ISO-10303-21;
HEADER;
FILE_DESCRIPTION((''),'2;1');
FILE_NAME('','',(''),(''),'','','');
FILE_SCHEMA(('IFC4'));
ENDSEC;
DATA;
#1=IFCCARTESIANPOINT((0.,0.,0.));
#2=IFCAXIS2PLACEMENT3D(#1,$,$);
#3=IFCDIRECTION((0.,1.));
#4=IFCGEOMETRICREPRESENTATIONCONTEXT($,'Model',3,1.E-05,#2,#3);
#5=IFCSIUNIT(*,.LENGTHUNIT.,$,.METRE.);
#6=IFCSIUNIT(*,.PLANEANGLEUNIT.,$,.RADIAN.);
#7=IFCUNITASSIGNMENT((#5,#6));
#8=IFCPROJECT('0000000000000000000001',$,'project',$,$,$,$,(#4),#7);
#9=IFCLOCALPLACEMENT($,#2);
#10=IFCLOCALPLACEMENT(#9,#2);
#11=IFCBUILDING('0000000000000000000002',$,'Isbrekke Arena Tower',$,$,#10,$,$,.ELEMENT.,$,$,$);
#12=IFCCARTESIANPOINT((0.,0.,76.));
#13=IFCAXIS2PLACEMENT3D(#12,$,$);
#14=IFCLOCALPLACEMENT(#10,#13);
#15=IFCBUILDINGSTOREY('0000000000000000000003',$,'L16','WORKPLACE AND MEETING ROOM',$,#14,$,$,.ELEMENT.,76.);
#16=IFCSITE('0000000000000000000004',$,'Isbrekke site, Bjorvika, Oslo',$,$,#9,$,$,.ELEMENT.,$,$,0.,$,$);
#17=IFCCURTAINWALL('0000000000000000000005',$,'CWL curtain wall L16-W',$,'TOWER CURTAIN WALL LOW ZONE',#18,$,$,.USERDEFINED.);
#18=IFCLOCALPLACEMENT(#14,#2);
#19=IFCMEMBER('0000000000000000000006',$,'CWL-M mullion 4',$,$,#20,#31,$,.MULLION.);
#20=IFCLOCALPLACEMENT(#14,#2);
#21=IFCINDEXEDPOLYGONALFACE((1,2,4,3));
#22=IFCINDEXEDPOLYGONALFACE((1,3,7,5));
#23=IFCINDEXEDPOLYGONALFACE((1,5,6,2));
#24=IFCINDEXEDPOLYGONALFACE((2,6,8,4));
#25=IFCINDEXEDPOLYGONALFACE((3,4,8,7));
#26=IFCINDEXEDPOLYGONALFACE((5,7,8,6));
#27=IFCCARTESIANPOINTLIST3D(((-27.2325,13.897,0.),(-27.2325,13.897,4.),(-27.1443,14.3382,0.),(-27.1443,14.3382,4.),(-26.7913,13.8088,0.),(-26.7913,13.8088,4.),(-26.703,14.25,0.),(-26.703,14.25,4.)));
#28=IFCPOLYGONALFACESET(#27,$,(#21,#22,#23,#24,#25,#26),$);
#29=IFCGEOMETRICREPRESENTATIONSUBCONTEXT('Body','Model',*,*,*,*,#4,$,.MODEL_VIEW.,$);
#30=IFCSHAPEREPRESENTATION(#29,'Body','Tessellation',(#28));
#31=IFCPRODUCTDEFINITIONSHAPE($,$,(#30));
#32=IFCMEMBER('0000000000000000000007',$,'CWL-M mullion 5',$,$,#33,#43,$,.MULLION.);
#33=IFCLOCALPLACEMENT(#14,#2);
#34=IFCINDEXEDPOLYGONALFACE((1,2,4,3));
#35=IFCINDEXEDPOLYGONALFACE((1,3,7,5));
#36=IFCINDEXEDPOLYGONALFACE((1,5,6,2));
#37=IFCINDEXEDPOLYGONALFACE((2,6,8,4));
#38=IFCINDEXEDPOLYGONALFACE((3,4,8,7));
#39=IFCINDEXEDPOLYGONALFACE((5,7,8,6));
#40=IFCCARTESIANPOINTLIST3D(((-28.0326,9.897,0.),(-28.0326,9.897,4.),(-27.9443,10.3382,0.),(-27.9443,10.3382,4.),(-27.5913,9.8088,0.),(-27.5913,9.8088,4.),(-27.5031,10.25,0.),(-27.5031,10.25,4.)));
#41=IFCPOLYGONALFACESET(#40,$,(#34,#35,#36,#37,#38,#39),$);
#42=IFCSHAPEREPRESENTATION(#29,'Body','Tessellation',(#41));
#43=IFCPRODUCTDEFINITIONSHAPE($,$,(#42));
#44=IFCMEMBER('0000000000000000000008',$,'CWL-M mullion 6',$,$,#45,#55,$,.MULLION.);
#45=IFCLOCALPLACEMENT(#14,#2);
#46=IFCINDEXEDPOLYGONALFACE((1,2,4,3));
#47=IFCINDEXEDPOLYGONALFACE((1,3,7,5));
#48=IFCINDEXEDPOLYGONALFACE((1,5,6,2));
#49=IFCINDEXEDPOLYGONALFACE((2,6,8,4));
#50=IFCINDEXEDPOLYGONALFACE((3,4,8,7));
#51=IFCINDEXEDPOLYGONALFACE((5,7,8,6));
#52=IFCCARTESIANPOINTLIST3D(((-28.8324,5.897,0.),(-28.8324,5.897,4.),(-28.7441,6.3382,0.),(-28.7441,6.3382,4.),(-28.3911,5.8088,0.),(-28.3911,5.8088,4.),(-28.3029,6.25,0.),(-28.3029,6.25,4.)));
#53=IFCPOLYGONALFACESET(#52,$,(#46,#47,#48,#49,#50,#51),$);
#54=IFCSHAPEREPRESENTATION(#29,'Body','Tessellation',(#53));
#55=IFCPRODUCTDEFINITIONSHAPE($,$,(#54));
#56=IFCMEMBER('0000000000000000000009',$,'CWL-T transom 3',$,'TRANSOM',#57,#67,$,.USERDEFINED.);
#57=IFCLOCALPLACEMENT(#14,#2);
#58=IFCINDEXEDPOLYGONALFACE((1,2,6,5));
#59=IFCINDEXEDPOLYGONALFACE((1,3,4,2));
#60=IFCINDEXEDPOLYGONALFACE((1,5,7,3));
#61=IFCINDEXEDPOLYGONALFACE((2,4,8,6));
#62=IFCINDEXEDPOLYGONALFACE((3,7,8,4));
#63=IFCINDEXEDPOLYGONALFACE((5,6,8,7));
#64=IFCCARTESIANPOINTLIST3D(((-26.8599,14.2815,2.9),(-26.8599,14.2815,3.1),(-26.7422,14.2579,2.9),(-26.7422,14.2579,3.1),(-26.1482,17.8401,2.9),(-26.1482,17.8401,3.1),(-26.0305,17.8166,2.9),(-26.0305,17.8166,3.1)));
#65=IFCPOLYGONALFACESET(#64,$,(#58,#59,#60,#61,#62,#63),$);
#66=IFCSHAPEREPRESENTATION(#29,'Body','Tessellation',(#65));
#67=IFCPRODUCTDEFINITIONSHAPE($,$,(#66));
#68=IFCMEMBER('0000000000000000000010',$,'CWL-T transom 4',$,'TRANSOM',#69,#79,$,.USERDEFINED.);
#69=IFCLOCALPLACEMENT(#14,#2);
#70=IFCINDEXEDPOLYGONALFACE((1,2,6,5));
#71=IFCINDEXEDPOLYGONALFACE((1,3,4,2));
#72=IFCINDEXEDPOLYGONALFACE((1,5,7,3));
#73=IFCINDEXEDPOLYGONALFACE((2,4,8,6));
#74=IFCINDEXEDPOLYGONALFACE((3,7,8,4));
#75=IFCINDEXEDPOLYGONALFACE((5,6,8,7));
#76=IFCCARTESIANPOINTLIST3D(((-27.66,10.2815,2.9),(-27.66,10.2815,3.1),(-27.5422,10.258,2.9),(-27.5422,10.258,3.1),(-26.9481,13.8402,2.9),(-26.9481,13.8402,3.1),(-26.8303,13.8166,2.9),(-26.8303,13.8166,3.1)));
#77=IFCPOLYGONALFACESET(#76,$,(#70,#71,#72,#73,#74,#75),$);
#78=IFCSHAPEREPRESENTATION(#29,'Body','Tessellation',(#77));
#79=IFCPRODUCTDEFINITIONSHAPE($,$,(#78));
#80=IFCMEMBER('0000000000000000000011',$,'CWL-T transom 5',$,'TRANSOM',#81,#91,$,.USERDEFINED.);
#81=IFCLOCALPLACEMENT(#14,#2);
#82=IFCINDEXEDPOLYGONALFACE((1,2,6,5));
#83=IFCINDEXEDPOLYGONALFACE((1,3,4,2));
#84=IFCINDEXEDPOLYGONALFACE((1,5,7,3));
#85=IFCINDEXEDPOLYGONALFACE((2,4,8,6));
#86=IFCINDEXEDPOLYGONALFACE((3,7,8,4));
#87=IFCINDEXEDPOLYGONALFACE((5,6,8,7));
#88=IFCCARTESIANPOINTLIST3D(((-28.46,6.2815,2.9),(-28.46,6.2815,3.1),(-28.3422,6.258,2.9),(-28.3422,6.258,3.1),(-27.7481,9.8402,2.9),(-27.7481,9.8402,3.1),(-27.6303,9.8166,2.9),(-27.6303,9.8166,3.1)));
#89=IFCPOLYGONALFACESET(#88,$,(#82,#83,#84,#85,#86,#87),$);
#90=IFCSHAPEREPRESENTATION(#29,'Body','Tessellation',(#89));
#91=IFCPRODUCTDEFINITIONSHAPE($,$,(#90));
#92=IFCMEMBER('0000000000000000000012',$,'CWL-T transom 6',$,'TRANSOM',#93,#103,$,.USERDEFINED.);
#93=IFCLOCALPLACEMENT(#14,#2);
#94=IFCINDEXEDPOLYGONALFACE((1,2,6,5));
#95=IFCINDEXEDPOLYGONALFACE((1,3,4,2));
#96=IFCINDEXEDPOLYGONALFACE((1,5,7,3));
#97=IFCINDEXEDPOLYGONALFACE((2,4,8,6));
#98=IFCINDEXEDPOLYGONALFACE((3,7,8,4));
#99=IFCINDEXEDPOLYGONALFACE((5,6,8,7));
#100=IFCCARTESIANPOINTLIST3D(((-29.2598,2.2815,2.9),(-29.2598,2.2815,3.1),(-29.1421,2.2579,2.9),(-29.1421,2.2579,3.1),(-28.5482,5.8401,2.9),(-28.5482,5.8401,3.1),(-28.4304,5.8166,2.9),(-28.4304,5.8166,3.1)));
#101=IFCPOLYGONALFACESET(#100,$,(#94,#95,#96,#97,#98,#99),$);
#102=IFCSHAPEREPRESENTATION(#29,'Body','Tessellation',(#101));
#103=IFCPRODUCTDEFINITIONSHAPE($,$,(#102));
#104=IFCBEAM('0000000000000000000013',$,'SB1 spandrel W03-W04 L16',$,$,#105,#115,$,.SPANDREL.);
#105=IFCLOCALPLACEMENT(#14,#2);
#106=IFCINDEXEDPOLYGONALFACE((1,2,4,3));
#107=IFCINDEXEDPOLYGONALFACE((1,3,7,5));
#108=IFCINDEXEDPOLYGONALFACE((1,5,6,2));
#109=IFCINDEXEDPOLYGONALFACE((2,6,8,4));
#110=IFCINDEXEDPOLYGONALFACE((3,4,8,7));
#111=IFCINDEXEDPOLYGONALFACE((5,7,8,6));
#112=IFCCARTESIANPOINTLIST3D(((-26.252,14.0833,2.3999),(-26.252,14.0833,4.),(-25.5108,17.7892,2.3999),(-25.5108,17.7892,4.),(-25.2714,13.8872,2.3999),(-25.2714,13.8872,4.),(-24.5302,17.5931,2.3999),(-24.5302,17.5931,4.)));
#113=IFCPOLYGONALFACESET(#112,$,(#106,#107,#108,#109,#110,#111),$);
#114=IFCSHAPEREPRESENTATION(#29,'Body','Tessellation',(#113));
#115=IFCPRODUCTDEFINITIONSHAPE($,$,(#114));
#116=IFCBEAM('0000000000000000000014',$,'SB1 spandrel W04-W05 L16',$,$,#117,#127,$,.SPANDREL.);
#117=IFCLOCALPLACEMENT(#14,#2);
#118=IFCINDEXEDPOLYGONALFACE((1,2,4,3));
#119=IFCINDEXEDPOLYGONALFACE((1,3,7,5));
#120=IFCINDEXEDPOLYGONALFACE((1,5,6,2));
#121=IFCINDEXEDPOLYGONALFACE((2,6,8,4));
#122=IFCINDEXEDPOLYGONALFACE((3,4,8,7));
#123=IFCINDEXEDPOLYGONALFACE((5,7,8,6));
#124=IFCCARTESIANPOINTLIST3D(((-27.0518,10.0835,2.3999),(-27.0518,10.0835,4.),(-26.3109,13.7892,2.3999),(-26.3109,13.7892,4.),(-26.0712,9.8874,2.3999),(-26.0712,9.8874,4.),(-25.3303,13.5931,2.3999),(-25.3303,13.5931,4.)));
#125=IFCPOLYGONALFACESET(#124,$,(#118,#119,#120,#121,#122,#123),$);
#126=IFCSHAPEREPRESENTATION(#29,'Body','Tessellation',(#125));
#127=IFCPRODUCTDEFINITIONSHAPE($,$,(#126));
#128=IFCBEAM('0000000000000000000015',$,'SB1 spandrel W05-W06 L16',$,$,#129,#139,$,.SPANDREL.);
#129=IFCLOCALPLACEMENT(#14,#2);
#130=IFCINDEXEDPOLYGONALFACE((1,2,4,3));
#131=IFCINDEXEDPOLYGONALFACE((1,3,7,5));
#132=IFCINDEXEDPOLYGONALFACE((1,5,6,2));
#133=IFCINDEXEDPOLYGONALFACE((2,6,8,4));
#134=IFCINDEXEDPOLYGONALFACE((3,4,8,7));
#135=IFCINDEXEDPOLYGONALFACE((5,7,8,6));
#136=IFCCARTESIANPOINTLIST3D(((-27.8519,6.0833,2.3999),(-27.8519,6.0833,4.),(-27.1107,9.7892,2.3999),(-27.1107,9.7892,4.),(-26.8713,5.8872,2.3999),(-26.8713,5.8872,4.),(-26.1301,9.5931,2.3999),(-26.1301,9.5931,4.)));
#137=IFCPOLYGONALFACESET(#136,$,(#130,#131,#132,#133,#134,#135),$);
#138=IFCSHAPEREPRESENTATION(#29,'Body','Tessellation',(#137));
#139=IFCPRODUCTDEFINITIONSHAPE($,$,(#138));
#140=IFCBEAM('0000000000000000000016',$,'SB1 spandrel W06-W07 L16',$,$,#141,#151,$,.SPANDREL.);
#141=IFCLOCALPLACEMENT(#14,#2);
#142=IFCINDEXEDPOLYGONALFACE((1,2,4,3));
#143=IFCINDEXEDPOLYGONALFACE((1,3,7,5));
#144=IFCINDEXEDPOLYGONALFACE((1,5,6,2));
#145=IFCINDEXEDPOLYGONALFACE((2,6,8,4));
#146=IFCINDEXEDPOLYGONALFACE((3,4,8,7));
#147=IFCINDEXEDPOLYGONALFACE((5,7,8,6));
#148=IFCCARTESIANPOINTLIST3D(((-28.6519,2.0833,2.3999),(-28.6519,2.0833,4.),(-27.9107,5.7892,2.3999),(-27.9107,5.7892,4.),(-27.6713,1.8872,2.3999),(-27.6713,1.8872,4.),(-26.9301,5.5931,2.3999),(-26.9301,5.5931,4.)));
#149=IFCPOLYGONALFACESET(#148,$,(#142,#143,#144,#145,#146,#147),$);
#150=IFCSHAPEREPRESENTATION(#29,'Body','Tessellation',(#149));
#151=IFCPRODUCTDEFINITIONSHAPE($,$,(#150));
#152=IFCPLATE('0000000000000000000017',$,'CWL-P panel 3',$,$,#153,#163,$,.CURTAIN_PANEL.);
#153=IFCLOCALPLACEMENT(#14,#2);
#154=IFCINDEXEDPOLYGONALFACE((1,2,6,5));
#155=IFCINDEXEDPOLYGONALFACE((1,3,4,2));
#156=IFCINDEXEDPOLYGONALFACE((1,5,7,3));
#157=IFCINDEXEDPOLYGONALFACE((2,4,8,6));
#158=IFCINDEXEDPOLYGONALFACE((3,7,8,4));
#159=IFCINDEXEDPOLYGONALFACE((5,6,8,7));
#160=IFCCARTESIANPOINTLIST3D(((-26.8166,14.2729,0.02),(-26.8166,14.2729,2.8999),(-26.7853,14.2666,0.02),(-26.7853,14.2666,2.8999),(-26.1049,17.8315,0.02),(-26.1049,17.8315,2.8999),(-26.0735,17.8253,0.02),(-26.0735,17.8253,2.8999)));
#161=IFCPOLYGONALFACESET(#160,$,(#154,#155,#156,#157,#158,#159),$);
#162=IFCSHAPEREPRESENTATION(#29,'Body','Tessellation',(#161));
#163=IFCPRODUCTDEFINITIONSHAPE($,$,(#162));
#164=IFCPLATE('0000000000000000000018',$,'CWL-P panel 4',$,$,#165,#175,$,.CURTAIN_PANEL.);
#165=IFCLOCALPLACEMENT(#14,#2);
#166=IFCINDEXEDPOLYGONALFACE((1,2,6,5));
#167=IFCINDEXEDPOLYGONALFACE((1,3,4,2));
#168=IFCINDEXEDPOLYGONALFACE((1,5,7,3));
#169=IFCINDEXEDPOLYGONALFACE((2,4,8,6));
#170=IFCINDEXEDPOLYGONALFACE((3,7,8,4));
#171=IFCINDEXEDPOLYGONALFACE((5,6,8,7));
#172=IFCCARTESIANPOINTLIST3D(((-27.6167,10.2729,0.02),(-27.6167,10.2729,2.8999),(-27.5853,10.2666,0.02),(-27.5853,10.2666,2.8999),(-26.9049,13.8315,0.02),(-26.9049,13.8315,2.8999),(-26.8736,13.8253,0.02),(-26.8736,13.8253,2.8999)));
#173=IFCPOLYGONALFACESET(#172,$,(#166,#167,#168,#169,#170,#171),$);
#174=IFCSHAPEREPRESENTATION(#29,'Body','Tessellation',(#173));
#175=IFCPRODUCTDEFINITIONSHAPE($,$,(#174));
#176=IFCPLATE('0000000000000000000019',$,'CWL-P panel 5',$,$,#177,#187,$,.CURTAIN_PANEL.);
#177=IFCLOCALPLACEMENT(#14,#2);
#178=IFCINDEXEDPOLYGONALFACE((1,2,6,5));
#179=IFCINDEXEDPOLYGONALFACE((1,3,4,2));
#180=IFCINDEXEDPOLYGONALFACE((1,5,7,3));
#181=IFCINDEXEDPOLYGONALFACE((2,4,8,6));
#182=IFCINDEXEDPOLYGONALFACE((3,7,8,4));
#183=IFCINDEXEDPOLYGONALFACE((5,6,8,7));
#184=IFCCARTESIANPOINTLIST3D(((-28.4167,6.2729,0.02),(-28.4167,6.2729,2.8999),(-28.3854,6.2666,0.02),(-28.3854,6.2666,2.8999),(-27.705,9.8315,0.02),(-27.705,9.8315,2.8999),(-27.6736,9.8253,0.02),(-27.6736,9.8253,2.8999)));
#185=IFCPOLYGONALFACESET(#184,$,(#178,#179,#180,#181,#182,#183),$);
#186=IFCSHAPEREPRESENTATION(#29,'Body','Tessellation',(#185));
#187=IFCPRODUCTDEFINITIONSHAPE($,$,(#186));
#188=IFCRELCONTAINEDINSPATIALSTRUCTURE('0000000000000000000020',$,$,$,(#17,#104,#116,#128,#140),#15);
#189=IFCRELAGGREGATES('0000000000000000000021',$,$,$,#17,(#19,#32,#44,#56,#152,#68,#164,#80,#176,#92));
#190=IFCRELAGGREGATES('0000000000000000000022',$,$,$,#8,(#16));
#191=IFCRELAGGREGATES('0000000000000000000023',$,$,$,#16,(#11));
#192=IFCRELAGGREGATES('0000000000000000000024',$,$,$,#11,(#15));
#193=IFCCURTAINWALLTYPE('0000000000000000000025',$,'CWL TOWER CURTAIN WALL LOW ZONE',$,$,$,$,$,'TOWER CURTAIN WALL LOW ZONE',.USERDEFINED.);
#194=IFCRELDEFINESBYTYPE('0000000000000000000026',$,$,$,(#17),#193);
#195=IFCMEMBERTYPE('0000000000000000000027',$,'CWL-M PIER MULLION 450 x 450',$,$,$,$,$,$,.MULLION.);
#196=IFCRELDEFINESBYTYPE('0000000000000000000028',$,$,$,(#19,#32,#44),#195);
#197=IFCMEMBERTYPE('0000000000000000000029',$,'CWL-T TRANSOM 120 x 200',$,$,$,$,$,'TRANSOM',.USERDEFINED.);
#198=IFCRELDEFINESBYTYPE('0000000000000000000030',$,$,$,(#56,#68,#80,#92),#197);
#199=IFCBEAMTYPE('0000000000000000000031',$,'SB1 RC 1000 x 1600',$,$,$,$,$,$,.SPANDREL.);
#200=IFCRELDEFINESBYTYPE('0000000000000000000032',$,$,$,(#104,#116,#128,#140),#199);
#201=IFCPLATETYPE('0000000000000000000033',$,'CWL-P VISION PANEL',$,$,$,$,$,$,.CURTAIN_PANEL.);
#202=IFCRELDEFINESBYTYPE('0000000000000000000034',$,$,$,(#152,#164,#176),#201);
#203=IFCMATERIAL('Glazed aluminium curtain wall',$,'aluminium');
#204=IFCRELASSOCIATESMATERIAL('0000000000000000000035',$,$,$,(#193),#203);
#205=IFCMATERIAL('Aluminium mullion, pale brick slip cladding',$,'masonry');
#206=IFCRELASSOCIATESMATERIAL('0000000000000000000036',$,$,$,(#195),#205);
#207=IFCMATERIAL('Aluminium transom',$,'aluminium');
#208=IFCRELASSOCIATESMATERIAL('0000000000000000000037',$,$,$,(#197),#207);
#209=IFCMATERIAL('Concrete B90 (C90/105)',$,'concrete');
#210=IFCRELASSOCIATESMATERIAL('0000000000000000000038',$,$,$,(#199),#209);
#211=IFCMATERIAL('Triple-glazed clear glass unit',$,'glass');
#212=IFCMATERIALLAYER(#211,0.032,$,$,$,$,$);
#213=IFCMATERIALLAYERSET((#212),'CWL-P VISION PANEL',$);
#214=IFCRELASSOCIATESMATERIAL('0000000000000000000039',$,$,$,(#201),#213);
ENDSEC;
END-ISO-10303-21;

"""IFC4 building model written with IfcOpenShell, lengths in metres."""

from ifc_helpers import new_model, si_unit, direction, frame, origin, origin_2d, place, context, subcontext, project, spatial, rectangle, extrude, material, layer, layer_set, material_profile, profile_set, type_object, element, aggregate, save


model = new_model("IFC4")

# Units and contexts
model_context = context("Model", 3, precision=1e-05, world=origin(), true_north=direction((0.0, 1.0)))
body_context = subcontext(model_context, "Body", "Model", "MODEL_VIEW")
ifc_project = project(units=[si_unit("LENGTHUNIT", "METRE"), si_unit("PLANEANGLEUNIT", "RADIAN")], contexts=[model_context])

# Site, building, storey
site_placement = place(None, origin())
site = spatial("IfcSite", under=ifc_project, at=site_placement, Name="Isbrekke site, Bjorvika, Oslo", CompositionType="ELEMENT", RefElevation=0.0)
building_placement = place(site_placement, origin())
building = spatial("IfcBuilding", under=site, at=building_placement, Name="Isbrekke Arena Tower", CompositionType="ELEMENT")
storey_placement = place(building_placement, frame((0.0, 0.0, 76.0)))
storey = spatial("IfcBuildingStorey", under=building, at=storey_placement, Name="L16", Description="WORKPLACE AND MEETING ROOM", CompositionType="ELEMENT", Elevation=76.0)

# Curtain wall, members
ifc_material_1 = material(Name="Glazed aluminium curtain wall", Category="aluminium")
curtain_wall_type = type_object("IfcCurtainWallType", Name="CWL TOWER CURTAIN WALL LOW ZONE", ElementType="TOWER CURTAIN WALL LOW ZONE", PredefinedType="USERDEFINED", material=ifc_material_1)
curtain_wall_placement = place(storey_placement, origin())
curtain_wall = element("IfcCurtainWall", 1, at=curtain_wall_placement, inside=storey, type_object=curtain_wall_type, Name="CWL curtain wall L16-W", ObjectType="TOWER CURTAIN WALL LOW ZONE", PredefinedType="USERDEFINED")
ifc_material_2 = material(Name="Aluminium mullion, pale brick slip cladding", Category="masonry")
ifc_material_profile_1 = material_profile(ifc_material_2, rectangle(XDim=0.45, YDim=0.45, at=origin_2d()), Name="PIER 450X450")
ifc_profile_set_1 = profile_set([ifc_material_profile_1], Name="Aluminium mullion, pale brick slip cladding")
member_type_1 = type_object("IfcMemberType", Name="CWL-M PIER MULLION 450 x 450", PredefinedType="MULLION", material=ifc_profile_set_1)
member_1_placement = place(storey_placement, frame((-26.9678, 14.0735, 0.0), z_axis=(0.0, 0.0, 1.0), x_axis=(-0.196116, -0.980581, 0.0)))
member_1 = element("IfcMember", 2, at=member_1_placement, type_object=member_type_1, Name="CWL-M mullion 4", PredefinedType="MULLION", context=body_context, shape_type="SweptSolid", body=[
    extrude(rectangle(XDim=0.45, YDim=0.45, at=origin_2d()), origin(), (0.0, 0.0, 1.0), 4.0),
])
member_2_placement = place(storey_placement, frame((-27.7678, 10.0735, 0.0), z_axis=(0.0, 0.0, 1.0), x_axis=(-0.196116, -0.980581, 0.0)))
member_2 = element("IfcMember", 3, at=member_2_placement, type_object=member_type_1, Name="CWL-M mullion 5", PredefinedType="MULLION", context=body_context, shape_type="SweptSolid", body=[
    extrude(rectangle(XDim=0.45, YDim=0.45, at=origin_2d()), origin(), (0.0, 0.0, 1.0), 4.0),
])
member_3_placement = place(storey_placement, frame((-28.5676, 6.0735, 0.0), z_axis=(0.0, 0.0, 1.0), x_axis=(-0.196116, -0.980581, 0.0)))
member_3 = element("IfcMember", 4, at=member_3_placement, type_object=member_type_1, Name="CWL-M mullion 6", PredefinedType="MULLION", context=body_context, shape_type="SweptSolid", body=[
    extrude(rectangle(XDim=0.45, YDim=0.45, at=origin_2d()), origin(), (0.0, 0.0, 1.0), 4.0),
])
ifc_material_3 = material(Name="Aluminium transom", Category="aluminium")
ifc_material_profile_2 = material_profile(ifc_material_3, rectangle(XDim=0.1201, YDim=0.2, at=origin_2d()), Name="TRANSOM 120X200")
ifc_profile_set_2 = profile_set([ifc_material_profile_2], Name="Aluminium transom")
member_type_2 = type_object("IfcMemberType", Name="CWL-T TRANSOM 120 x 200", ElementType="TRANSOM", PredefinedType="USERDEFINED", material=ifc_profile_set_2)
member_4_placement = place(storey_placement, frame((-26.0894, 17.8284, 3.0), z_axis=(-0.196103, -0.980583, 0.0), x_axis=(0.980583, -0.196103, 0.0)))
member_4 = element("IfcMember", 5, at=member_4_placement, type_object=member_type_2, Name="CWL-T transom 3", ObjectType="TRANSOM", PredefinedType="USERDEFINED", context=body_context, shape_type="SweptSolid", body=[
    extrude(rectangle(XDim=0.1201, YDim=0.2, at=origin_2d()), origin(), (0.0, 0.0, 1.0), 3.6292),
])
member_5_placement = place(storey_placement, frame((-26.8892, 13.8284, 3.0), z_axis=(-0.196168, -0.98057, 0.0), x_axis=(0.98057, -0.196168, 0.0)))
member_5 = element("IfcMember", 6, at=member_5_placement, type_object=member_type_2, Name="CWL-T transom 4", ObjectType="TRANSOM", PredefinedType="USERDEFINED", context=body_context, shape_type="SweptSolid", body=[
    extrude(rectangle(XDim=0.1201, YDim=0.2, at=origin_2d()), origin(), (0.0, 0.0, 1.0), 3.6292),
])
member_6_placement = place(storey_placement, frame((-27.6892, 9.8284, 3.0), z_axis=(-0.196168, -0.98057, 0.0), x_axis=(0.98057, -0.196168, 0.0)))
member_6 = element("IfcMember", 7, at=member_6_placement, type_object=member_type_2, Name="CWL-T transom 5", ObjectType="TRANSOM", PredefinedType="USERDEFINED", context=body_context, shape_type="SweptSolid", body=[
    extrude(rectangle(XDim=0.1201, YDim=0.2, at=origin_2d()), origin(), (0.0, 0.0, 1.0), 3.6292),
])
member_7_placement = place(storey_placement, frame((-28.4893, 5.8284, 3.0), z_axis=(-0.196103, -0.980583, 0.0), x_axis=(0.980583, -0.196103, 0.0)))
member_7 = element("IfcMember", 8, at=member_7_placement, type_object=member_type_2, Name="CWL-T transom 6", ObjectType="TRANSOM", PredefinedType="USERDEFINED", context=body_context, shape_type="SweptSolid", body=[
    extrude(rectangle(XDim=0.1201, YDim=0.2, at=origin_2d()), origin(), (0.0, 0.0, 1.0), 3.6292),
])

# Beams
ifc_material_4 = material(Name="Concrete B90 (C90/105)", Category="concrete")
ifc_material_profile_3 = material_profile(ifc_material_4, rectangle(XDim=1.0, YDim=1.6001, at=origin_2d()), Name="RC 1000x1600")
ifc_profile_set_3 = profile_set([ifc_material_profile_3], Name="Concrete B90 (C90/105)")
beam_type_1 = type_object("IfcBeamType", Name="SB1 RC 1000 x 1600", PredefinedType="SPANDREL", material=ifc_profile_set_3)
beam_1_placement = place(storey_placement, frame((-25.0205, 17.6912, 3.2), z_axis=(-0.196129, -0.980578, 0.0), x_axis=(0.980578, -0.196129, 0.0)))
element("IfcBeam", 9, at=beam_1_placement, inside=storey, type_object=beam_type_1, Name="SB1 spandrel W03-W04 L16", PredefinedType="SPANDREL", context=body_context, shape_type="SweptSolid", body=[
    extrude(rectangle(XDim=1.0, YDim=1.6001, at=origin_2d()), origin(), (0.0, 0.0, 1.0), 3.7793),
])
beam_2_placement = place(storey_placement, frame((-25.8206, 13.6912, 3.2), z_axis=(-0.196066, -0.980591, 0.0), x_axis=(0.980591, -0.196066, 0.0)))
element("IfcBeam", 10, at=beam_2_placement, inside=storey, type_object=beam_type_1, Name="SB1 spandrel W04-W05 L16", PredefinedType="SPANDREL", context=body_context, shape_type="SweptSolid", body=[
    extrude(rectangle(XDim=1.0, YDim=1.6001, at=origin_2d()), origin(), (0.0, 0.0, 1.0), 3.7791),
])
for number, where, z_axis, x_axis, name in (
    (11, (-26.6204, 9.6912, 3.2), (-0.196129, -0.980578, 0.0), (0.980578, -0.196129, 0.0), "SB1 spandrel W05-W06 L16"),
    (12, (-27.4204, 5.6912, 3.2), (-0.196129, -0.980578, 0.0), (0.980578, -0.196129, 0.0), "SB1 spandrel W06-W07 L16"),
):
    element("IfcBeam", number, at=place(storey_placement, frame(where, z_axis=z_axis, x_axis=x_axis)), inside=storey, type_object=beam_type_1, Name=name, PredefinedType="SPANDREL", context=body_context, shape_type="SweptSolid", body=[
        extrude(rectangle(XDim=1.0, YDim=1.6001, at=origin_2d()), origin(), (0.0, 0.0, 1.0), 3.7793),
    ])

# Plates
ifc_material_5 = material(Name="Triple-glazed clear glass unit", Category="glass")
ifc_layer_1 = layer(ifc_material_5, 0.032)
ifc_layer_set_1 = layer_set([ifc_layer_1], Name="CWL-P VISION PANEL")
plate_type = type_object("IfcPlateType", Name="CWL-P VISION PANEL", PredefinedType="CURTAIN_PANEL", material=ifc_layer_set_1)
plate_1_placement = place(storey_placement, frame((-26.4451, 16.0491, 0.02), z_axis=(0.0, 0.0, 1.0), x_axis=(-0.196116, -0.980581, 0.0)))
plate_1 = element("IfcPlate", 13, at=plate_1_placement, type_object=plate_type, Name="CWL-P panel 3", PredefinedType="CURTAIN_PANEL", context=body_context, shape_type="SweptSolid", body=[
    extrude(rectangle(XDim=3.6292, YDim=0.032, at=origin_2d()), origin(), (0.0, 0.0, 1.0), 2.8799),
])
plate_2_placement = place(storey_placement, frame((-27.2451, 12.0491, 0.02), z_axis=(0.0, 0.0, 1.0), x_axis=(-0.196116, -0.980581, 0.0)))
plate_2 = element("IfcPlate", 14, at=plate_2_placement, type_object=plate_type, Name="CWL-P panel 4", PredefinedType="CURTAIN_PANEL", context=body_context, shape_type="SweptSolid", body=[
    extrude(rectangle(XDim=3.6292, YDim=0.032, at=origin_2d()), origin(), (0.0, 0.0, 1.0), 2.8799),
])
plate_3_placement = place(storey_placement, frame((-28.0452, 8.0491, 0.02), z_axis=(0.0, 0.0, 1.0), x_axis=(-0.196116, -0.980581, 0.0)))
plate_3 = element("IfcPlate", 15, at=plate_3_placement, type_object=plate_type, Name="CWL-P panel 5", PredefinedType="CURTAIN_PANEL", context=body_context, shape_type="SweptSolid", body=[
    extrude(rectangle(XDim=3.6292, YDim=0.032, at=origin_2d()), origin(), (0.0, 0.0, 1.0), 2.8799),
])
aggregate(curtain_wall, [member_1, member_2, member_3, member_4, plate_1, member_5, plate_2, member_6, plate_3, member_7])

save(model, "model.ifc")
